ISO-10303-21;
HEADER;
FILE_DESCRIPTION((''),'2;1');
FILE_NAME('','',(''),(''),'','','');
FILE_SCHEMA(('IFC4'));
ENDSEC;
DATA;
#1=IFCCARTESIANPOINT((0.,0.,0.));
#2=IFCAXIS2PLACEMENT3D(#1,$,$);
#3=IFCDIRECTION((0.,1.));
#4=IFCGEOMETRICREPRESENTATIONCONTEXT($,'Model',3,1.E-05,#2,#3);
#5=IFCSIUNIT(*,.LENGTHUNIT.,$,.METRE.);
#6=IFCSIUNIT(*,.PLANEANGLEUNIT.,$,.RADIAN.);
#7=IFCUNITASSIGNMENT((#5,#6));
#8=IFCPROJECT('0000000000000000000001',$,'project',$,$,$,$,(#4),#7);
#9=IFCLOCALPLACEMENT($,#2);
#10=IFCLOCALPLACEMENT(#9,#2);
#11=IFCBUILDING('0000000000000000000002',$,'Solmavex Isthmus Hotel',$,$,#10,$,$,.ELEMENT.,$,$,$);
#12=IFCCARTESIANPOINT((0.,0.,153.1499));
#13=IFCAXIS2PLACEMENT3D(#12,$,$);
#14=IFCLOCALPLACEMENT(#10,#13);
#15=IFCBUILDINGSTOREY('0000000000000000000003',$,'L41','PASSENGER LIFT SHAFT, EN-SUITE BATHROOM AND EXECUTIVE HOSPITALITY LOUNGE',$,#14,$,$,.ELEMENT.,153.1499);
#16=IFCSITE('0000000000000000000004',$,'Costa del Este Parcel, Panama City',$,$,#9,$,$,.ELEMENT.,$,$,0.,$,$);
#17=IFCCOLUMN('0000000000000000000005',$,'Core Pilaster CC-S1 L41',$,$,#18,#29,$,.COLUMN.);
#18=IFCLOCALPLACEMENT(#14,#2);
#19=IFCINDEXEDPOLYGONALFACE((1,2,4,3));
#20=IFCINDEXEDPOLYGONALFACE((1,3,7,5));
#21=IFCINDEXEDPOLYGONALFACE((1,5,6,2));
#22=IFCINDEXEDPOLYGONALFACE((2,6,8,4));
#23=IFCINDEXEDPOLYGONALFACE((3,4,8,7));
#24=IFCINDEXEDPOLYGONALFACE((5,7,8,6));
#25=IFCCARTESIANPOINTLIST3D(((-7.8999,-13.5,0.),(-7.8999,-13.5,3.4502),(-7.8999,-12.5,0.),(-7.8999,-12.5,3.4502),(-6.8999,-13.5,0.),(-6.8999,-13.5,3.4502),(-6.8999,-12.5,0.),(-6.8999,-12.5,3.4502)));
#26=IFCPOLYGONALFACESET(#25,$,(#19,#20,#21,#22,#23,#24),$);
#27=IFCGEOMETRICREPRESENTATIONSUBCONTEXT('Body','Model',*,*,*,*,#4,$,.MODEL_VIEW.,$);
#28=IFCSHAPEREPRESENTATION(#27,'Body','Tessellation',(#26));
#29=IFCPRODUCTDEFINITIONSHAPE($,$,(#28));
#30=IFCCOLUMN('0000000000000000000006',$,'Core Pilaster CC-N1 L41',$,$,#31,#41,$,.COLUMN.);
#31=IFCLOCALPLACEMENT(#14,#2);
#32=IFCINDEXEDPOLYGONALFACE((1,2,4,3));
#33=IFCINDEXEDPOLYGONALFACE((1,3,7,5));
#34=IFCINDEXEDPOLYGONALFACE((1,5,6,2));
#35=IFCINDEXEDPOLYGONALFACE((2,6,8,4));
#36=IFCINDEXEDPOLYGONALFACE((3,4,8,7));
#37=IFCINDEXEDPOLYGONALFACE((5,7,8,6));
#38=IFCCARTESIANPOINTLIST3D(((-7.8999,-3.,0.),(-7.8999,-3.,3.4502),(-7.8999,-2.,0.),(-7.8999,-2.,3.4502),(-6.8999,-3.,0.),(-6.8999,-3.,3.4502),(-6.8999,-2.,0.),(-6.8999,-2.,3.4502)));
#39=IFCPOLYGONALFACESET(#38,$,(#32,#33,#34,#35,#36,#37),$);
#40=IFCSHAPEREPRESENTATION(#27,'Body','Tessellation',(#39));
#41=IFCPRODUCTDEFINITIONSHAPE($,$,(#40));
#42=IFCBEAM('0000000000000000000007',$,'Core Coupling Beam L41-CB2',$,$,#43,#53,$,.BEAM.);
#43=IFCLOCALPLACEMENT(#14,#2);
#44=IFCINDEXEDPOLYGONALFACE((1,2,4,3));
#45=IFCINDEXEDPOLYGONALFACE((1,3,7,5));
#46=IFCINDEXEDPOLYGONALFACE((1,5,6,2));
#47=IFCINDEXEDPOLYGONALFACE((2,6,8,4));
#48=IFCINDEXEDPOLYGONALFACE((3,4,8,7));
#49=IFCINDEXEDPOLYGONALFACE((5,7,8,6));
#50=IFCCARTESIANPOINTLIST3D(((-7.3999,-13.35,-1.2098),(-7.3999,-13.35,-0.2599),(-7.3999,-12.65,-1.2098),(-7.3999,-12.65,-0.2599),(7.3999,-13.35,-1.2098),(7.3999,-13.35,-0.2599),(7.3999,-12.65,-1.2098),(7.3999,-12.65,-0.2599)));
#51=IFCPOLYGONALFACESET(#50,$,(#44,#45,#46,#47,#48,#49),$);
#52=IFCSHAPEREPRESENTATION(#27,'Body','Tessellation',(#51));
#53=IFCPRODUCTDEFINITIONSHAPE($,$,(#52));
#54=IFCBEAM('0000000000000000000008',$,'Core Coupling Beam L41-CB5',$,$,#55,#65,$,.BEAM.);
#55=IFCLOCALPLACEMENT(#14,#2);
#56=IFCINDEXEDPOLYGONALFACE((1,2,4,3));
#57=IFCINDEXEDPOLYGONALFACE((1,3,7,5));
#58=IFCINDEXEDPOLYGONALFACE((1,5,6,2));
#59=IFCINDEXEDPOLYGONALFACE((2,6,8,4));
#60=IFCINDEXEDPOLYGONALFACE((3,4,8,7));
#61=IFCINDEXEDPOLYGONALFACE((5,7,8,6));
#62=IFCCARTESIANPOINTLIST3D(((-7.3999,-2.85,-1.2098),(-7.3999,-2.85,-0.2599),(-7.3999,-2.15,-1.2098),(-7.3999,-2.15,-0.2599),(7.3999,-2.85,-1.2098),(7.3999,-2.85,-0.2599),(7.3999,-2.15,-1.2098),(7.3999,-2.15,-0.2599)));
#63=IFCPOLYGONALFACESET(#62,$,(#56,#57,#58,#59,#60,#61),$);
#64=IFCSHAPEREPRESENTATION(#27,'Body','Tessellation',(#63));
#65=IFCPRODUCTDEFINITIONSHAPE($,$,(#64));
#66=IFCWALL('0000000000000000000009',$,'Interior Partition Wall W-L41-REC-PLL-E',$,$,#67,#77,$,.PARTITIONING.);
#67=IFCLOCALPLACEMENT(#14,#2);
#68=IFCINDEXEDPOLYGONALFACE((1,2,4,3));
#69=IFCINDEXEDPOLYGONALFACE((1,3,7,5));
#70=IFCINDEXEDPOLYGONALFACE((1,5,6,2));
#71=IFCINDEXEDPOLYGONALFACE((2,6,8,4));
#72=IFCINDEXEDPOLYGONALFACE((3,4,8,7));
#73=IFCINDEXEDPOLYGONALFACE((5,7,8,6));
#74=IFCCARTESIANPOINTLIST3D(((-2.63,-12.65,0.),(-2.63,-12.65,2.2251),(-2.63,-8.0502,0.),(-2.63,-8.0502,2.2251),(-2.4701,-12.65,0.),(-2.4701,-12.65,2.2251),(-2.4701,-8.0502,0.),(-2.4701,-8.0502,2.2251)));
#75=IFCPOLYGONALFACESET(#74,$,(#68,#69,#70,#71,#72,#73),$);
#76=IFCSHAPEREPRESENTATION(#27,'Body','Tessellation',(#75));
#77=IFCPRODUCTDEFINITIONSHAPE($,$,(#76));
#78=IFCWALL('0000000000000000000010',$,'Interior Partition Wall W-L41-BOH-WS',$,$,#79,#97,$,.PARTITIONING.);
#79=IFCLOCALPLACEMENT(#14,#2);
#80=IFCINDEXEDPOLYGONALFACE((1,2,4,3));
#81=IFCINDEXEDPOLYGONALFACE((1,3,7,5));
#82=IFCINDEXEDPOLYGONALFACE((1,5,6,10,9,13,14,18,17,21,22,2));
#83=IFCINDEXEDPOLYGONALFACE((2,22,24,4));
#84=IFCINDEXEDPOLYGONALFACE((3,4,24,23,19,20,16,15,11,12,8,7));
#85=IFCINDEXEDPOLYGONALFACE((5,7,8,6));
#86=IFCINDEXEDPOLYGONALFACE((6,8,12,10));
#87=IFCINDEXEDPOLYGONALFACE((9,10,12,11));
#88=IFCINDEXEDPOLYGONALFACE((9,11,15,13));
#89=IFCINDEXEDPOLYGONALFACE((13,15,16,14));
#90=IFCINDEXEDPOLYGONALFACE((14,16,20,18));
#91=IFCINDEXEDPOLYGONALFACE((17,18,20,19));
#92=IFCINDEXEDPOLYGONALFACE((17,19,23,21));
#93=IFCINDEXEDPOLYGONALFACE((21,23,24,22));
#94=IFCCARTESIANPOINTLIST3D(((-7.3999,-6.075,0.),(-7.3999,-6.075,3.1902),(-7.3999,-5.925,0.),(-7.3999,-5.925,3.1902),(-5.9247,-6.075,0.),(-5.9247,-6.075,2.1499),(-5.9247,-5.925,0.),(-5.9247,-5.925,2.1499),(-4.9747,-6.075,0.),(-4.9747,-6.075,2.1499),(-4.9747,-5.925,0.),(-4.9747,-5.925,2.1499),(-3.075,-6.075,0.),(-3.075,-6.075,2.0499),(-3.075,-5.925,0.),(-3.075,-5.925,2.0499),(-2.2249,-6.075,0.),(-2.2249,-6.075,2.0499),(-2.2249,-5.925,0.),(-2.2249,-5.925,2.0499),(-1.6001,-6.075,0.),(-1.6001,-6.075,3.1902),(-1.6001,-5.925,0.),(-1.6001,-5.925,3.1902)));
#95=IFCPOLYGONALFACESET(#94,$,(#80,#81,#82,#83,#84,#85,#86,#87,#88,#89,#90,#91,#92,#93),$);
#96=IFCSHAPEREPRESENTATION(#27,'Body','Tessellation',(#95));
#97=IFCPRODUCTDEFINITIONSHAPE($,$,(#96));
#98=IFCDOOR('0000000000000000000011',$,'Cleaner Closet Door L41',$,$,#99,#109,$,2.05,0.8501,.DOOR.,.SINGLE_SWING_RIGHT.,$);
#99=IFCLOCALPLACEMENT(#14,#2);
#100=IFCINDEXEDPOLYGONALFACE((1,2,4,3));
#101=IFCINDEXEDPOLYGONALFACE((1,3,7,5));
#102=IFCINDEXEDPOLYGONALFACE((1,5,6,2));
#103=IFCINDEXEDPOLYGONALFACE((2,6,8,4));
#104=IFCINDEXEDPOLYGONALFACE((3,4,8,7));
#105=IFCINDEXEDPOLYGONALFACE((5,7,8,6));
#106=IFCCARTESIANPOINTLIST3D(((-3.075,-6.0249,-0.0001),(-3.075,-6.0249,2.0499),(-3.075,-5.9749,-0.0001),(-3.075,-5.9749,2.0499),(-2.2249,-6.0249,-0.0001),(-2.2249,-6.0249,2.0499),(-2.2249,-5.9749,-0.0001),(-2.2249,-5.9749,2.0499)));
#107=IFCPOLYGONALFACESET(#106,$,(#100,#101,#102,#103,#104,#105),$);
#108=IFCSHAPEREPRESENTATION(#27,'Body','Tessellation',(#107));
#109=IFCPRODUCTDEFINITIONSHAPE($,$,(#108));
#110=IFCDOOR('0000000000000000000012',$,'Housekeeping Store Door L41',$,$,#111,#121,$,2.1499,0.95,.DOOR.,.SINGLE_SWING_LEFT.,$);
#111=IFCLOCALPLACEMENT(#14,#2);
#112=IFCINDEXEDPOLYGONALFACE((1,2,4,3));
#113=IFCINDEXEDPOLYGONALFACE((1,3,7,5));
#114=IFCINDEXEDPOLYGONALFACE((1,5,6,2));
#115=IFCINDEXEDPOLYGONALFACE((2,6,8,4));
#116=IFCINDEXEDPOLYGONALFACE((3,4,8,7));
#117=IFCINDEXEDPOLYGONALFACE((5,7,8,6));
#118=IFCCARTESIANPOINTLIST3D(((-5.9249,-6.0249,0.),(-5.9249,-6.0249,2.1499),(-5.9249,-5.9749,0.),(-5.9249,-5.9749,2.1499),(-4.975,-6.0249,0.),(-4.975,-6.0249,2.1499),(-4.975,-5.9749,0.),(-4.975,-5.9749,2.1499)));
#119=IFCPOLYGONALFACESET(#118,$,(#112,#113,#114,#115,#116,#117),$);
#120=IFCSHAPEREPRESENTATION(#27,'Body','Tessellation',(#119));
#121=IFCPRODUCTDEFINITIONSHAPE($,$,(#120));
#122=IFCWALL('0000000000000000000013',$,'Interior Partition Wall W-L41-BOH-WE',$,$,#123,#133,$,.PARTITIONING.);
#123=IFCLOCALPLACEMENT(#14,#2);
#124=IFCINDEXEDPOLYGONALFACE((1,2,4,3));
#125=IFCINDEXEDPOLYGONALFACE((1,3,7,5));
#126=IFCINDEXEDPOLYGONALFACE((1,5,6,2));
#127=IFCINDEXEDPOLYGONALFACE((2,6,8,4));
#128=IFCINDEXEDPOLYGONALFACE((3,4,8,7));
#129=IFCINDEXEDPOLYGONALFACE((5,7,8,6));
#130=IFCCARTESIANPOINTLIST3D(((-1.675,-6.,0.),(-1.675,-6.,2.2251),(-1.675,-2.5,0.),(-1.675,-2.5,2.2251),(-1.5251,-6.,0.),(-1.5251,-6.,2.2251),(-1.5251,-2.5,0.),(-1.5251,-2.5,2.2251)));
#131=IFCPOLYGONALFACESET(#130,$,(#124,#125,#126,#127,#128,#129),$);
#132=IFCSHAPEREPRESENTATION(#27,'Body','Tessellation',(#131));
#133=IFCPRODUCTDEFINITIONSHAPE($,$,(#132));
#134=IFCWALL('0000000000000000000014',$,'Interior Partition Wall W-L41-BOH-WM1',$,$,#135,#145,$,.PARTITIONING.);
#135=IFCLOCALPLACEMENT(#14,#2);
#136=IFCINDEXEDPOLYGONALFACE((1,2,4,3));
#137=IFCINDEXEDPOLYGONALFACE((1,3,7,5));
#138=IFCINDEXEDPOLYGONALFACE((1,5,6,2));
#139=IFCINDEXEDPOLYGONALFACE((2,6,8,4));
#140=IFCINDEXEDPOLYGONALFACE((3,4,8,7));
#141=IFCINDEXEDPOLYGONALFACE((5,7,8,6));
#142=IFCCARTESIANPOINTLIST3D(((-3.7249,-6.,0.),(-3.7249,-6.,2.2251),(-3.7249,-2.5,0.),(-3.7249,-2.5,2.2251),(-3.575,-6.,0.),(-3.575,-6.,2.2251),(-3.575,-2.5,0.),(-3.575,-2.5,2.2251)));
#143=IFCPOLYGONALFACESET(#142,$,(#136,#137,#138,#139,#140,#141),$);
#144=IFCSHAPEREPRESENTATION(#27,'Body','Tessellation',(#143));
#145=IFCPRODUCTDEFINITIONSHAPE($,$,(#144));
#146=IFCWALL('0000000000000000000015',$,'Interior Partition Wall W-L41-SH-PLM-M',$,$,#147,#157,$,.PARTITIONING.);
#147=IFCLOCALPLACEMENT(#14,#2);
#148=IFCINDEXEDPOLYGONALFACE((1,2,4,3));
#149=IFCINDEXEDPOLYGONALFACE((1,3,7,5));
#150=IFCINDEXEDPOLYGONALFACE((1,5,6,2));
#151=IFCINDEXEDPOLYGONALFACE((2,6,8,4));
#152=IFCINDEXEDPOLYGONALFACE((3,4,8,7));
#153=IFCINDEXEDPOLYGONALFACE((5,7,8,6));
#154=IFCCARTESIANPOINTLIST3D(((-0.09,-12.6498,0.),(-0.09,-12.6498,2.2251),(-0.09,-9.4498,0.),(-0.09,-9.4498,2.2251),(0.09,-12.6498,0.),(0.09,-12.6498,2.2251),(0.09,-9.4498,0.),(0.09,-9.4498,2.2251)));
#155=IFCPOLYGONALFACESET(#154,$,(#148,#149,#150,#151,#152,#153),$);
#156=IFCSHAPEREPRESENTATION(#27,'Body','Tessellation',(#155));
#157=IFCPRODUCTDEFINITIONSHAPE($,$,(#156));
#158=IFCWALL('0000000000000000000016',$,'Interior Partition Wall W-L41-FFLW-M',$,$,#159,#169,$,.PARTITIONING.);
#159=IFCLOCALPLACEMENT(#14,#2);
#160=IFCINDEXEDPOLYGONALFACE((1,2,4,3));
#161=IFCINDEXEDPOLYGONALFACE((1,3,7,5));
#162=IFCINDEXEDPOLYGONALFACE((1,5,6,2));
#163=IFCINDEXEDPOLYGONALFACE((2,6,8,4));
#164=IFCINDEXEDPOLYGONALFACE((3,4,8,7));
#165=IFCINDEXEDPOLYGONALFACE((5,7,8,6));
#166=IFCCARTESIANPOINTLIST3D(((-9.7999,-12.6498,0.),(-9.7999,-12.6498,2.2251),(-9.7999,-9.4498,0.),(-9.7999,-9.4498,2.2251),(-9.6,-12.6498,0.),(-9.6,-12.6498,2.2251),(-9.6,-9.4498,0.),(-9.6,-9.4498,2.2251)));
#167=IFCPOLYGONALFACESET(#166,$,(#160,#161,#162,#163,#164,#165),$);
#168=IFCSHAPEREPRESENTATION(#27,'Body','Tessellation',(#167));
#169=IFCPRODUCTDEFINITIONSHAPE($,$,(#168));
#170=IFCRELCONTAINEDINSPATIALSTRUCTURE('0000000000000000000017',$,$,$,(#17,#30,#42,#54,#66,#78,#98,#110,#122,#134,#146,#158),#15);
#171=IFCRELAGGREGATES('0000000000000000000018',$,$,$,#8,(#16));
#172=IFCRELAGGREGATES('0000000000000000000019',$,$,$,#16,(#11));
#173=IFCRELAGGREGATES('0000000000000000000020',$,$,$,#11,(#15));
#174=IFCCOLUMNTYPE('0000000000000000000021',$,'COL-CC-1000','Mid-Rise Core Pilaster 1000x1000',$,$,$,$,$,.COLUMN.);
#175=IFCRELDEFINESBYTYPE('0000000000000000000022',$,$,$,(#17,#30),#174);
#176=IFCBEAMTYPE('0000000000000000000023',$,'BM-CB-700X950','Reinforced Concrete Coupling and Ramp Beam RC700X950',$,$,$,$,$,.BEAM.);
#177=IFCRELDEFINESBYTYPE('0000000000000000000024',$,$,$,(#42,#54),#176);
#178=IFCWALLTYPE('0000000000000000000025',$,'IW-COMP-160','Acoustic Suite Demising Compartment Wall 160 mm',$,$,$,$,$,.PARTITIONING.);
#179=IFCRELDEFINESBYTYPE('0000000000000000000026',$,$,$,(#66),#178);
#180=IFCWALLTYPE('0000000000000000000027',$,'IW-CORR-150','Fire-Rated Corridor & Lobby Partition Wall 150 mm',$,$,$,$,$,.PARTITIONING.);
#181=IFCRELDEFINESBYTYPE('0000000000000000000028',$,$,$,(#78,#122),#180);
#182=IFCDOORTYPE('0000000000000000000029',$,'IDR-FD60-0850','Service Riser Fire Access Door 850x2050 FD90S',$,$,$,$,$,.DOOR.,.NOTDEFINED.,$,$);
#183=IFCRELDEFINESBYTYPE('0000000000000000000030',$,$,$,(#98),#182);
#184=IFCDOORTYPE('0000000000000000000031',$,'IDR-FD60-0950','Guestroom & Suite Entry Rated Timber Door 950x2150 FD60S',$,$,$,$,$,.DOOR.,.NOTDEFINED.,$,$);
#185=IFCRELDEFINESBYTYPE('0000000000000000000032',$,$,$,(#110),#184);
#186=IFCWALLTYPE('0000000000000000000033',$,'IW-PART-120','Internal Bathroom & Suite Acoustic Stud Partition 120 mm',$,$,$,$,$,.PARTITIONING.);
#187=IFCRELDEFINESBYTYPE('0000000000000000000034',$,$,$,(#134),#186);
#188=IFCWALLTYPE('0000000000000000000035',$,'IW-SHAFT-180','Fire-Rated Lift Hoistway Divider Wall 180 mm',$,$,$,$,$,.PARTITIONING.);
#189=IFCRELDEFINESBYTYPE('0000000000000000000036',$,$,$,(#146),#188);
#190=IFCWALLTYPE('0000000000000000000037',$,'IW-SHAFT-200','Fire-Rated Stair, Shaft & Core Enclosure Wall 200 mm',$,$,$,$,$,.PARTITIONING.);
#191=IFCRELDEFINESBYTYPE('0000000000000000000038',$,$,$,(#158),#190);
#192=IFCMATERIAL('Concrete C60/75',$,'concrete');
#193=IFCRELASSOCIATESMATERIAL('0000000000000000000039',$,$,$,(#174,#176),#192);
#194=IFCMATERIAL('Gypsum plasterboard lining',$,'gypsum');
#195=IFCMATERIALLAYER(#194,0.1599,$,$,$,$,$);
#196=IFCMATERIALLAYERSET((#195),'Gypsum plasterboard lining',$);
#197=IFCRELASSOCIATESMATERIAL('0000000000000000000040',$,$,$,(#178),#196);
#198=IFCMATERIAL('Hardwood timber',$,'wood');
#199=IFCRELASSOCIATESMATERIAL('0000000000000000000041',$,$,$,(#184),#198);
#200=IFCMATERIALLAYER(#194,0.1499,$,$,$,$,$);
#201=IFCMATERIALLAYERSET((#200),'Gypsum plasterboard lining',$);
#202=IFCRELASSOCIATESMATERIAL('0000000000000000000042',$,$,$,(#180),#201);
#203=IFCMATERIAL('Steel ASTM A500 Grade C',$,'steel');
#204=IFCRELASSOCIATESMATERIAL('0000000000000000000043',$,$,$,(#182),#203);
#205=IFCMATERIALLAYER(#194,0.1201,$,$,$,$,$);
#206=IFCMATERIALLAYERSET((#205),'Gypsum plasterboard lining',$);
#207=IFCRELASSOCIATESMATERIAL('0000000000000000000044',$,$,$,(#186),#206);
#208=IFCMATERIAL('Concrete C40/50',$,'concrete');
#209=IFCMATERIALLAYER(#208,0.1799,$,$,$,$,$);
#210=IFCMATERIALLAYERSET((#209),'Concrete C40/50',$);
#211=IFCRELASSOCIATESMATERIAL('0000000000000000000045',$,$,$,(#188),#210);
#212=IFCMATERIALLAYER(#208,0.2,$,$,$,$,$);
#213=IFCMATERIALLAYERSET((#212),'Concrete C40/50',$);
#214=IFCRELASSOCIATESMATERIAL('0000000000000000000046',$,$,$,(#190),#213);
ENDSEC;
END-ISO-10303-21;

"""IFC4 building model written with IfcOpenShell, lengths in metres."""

from ifc_helpers import new_model, si_unit, direction, frame, frame_2d, origin, origin_2d, place, context, subcontext, project, spatial, rectangle, extrude, material, layer, layer_set, material_profile, profile_set, type_object, element, fill, save


model = new_model("IFC4")

# Units and contexts
model_context = context("Model", 3, precision=1e-05, world=origin(), true_north=direction((0.0, 1.0)))
body_context = subcontext(model_context, "Body", "Model", "MODEL_VIEW")
ifc_project = project(units=[si_unit("LENGTHUNIT", "METRE"), si_unit("PLANEANGLEUNIT", "RADIAN")], contexts=[model_context])

# Site, building, storey
site_placement = place(None, origin())
site = spatial("IfcSite", under=ifc_project, at=site_placement, Name="Costa del Este Parcel, Panama City", CompositionType="ELEMENT", RefElevation=0.0)
building_placement = place(site_placement, origin())
building = spatial("IfcBuilding", under=site, at=building_placement, Name="Solmavex Isthmus Hotel", CompositionType="ELEMENT")
storey_placement = place(building_placement, frame((0.0, 0.0, 153.1499)))
storey = spatial("IfcBuildingStorey", under=building, at=storey_placement, Name="L41", Description="PASSENGER LIFT SHAFT, EN-SUITE BATHROOM AND EXECUTIVE HOSPITALITY LOUNGE", CompositionType="ELEMENT", Elevation=153.1499)

# Columns
ifc_material_1 = material(Name="Concrete C60/75", Category="concrete")
ifc_material_profile_1 = material_profile(ifc_material_1, rectangle(XDim=1.0, YDim=1.0, at=origin_2d()), Name="RC1000X1000")
ifc_profile_set_1 = profile_set([ifc_material_profile_1], Name="Concrete C60/75")
column_type = type_object("IfcColumnType", Name="COL-CC-1000", Description="Mid-Rise Core Pilaster 1000x1000", PredefinedType="COLUMN", material=ifc_profile_set_1)
for number, where, z_axis, x_axis, name in (
    (1, (-7.3999, -13.0, 0.0), (0.0, 0.0, 1.0), (1.0, 0.0, 0.0), "Core Pilaster CC-S1 L41"),
    (2, (-7.3999, -2.5, 0.0), (0.0, 0.0, 1.0), (1.0, 0.0, 0.0), "Core Pilaster CC-N1 L41"),
):
    element("IfcColumn", number, at=place(storey_placement, frame(where, z_axis=z_axis, x_axis=x_axis)), inside=storey, type_object=column_type, Name=name, PredefinedType="COLUMN", context=body_context, shape_type="SweptSolid", body=[
        extrude(rectangle(XDim=1.0, YDim=1.0, at=origin_2d()), origin(), (0.0, 0.0, 1.0), 3.4502),
    ])

# Beams
ifc_material_profile_2 = material_profile(ifc_material_1, rectangle(XDim=0.7, YDim=0.95, at=origin_2d()), Name="RC700X950")
ifc_profile_set_2 = profile_set([ifc_material_profile_2], Name="Concrete C60/75")
beam_type = type_object("IfcBeamType", Name="BM-CB-700X950", Description="Reinforced Concrete Coupling and Ramp Beam RC700X950", PredefinedType="BEAM", material=ifc_profile_set_2)
for number, where, z_axis, x_axis, name in (
    (3, (-7.3999, -13.0, -0.7349), (1.0, 0.0, 0.0), (0.0, 1.0, 0.0), "Core Coupling Beam L41-CB2"),
    (4, (-7.3999, -2.5, -0.7349), (1.0, 0.0, 0.0), (0.0, 1.0, 0.0), "Core Coupling Beam L41-CB5"),
):
    element("IfcBeam", number, at=place(storey_placement, frame(where, z_axis=z_axis, x_axis=x_axis)), inside=storey, type_object=beam_type, Name=name, PredefinedType="BEAM", context=body_context, shape_type="SweptSolid", body=[
        extrude(rectangle(XDim=0.7, YDim=0.95, at=origin_2d()), origin(), (0.0, 0.0, 1.0), 14.7998),
    ])

# Shared definitions
ifc_material_2 = material(Name="Gypsum plasterboard lining", Category="gypsum")
ifc_layer_1 = layer(ifc_material_2, 0.1599)
ifc_layer_set_1 = layer_set([ifc_layer_1], Name="Gypsum plasterboard lining")
wall_type_1 = type_object("IfcWallType", Name="IW-COMP-160", Description="Acoustic Suite Demising Compartment Wall 160 mm", PredefinedType="PARTITIONING", material=ifc_layer_set_1)
ifc_material_3 = material(Name="Hardwood timber", Category="wood")
door_type_1 = type_object("IfcDoorType", Name="IDR-FD60-0950", Description="Guestroom & Suite Entry Rated Timber Door 950x2150 FD60S", OperationType="NOTDEFINED", PredefinedType="DOOR", material=ifc_material_3)

# Wall
wall_1_placement = place(storey_placement, frame((-2.55, -12.6499, 0.0), z_axis=(0.0, 0.0, 1.0), x_axis=(0.0, 1.0, 0.0)))
element("IfcWall", 5, at=wall_1_placement, inside=storey, type_object=wall_type_1, Name="Interior Partition Wall W-L41-REC-PLL-E", PredefinedType="PARTITIONING", context=body_context, shape_type="SweptSolid", body=[
    extrude(rectangle(XDim=4.5999, YDim=0.1599, at=frame_2d((2.2998, 0.0))), origin(), (0.0, 0.0, 1.0), 2.2251),
])

# Wall, openings, doors
ifc_layer_2 = layer(ifc_material_2, 0.1499)
ifc_layer_set_2 = layer_set([ifc_layer_2], Name="Gypsum plasterboard lining")
wall_type_2 = type_object("IfcWallType", Name="IW-CORR-150", Description="Fire-Rated Corridor & Lobby Partition Wall 150 mm", PredefinedType="PARTITIONING", material=ifc_layer_set_2)
wall_2_placement = place(storey_placement, frame((-7.3999, -6.0, 0.0), z_axis=(0.0, 0.0, 1.0), x_axis=(1.0, 0.0, 0.0)))
wall_2 = element("IfcWall", 6, at=wall_2_placement, inside=storey, type_object=wall_type_2, Name="Interior Partition Wall W-L41-BOH-WS", PredefinedType="PARTITIONING", context=body_context, shape_type="SweptSolid", body=[
    extrude(rectangle(XDim=5.7998, YDim=0.1499, at=frame_2d((2.8999, 0.0))), origin(), (0.0, 0.0, 1.0), 3.1902),
])
opening_1_placement = place(wall_2_placement, frame((1.4751, 0.0, 0.0)))
opening_1 = element("IfcOpeningElement", 7, at=opening_1_placement, cuts=wall_2, PredefinedType="OPENING", context=body_context, shape_type="SweptSolid", body=[
    extrude(rectangle(XDim=0.95, YDim=2.1499, at=frame_2d((0.4751, 1.075))), frame((0.0, 0.085, 0.0), z_axis=(0.0, -1.0, 0.0), x_axis=(1.0, 0.0, 0.0)), (0.0, 0.0, 1.0), 0.1699),
])
opening_2_placement = place(wall_2_placement, frame((4.325, 0.0, 0.0)))
opening_2 = element("IfcOpeningElement", 8, at=opening_2_placement, cuts=wall_2, PredefinedType="OPENING", context=body_context, shape_type="SweptSolid", body=[
    extrude(rectangle(XDim=0.8501, YDim=2.05, at=frame_2d((0.425, 1.0249))), frame((0.0, 0.085, 0.0), z_axis=(0.0, -1.0, 0.0), x_axis=(1.0, 0.0, 0.0)), (0.0, 0.0, 1.0), 0.1699),
])
ifc_material_4 = material(Name="Steel ASTM A500 Grade C", Category="steel")
door_type_2 = type_object("IfcDoorType", Name="IDR-FD60-0850", Description="Service Riser Fire Access Door 850x2050 FD90S", OperationType="NOTDEFINED", PredefinedType="DOOR", material=ifc_material_4)
door_1_placement = place(opening_2_placement, frame((0.8501, 0.0, 0.0), z_axis=(0.0, 0.0, 1.0), x_axis=(-1.0, 0.0, 0.0)))
door_1 = element("IfcDoor", 9, at=door_1_placement, inside=storey, type_object=door_type_2, Name="Cleaner Closet Door L41", OperationType="SINGLE_SWING_RIGHT", OverallHeight=2.05, OverallWidth=0.8501, PredefinedType="DOOR", context=body_context, shape_type="SweptSolid", body=[
    extrude(rectangle(XDim=0.8501, YDim=2.05, at=frame_2d((0.425, 1.0249))), frame((0.0, 0.0249, 0.0), z_axis=(0.0, -1.0, 0.0), x_axis=(1.0, 0.0, 0.0)), (0.0, 0.0, 1.0), 0.05),
])
fill(opening_2, door_1)
door_2_placement = place(opening_1_placement, frame((0.95, 0.0, 0.0), z_axis=(0.0, 0.0, 1.0), x_axis=(-1.0, 0.0, 0.0)))
door_2 = element("IfcDoor", 10, at=door_2_placement, inside=storey, type_object=door_type_1, Name="Housekeeping Store Door L41", OperationType="SINGLE_SWING_LEFT", OverallHeight=2.1499, OverallWidth=0.95, PredefinedType="DOOR", context=body_context, shape_type="SweptSolid", body=[
    extrude(rectangle(XDim=0.95, YDim=2.1499, at=frame_2d((0.4751, 1.075))), frame((0.0, 0.0249, 0.0), z_axis=(0.0, -1.0, 0.0), x_axis=(1.0, 0.0, 0.0)), (0.0, 0.0, 1.0), 0.05),
])
fill(opening_1, door_2)

# Walls
wall_3_placement = place(storey_placement, frame((-1.6001, -6.0, 0.0), z_axis=(0.0, 0.0, 1.0), x_axis=(0.0, 1.0, 0.0)))
element("IfcWall", 11, at=wall_3_placement, inside=storey, type_object=wall_type_2, Name="Interior Partition Wall W-L41-BOH-WE", PredefinedType="PARTITIONING", context=body_context, shape_type="SweptSolid", body=[
    extrude(rectangle(XDim=3.5, YDim=0.1499, at=frame_2d((1.75, 0.0))), origin(), (0.0, 0.0, 1.0), 2.2251),
])
ifc_layer_3 = layer(ifc_material_2, 0.1201)
ifc_layer_set_3 = layer_set([ifc_layer_3], Name="Gypsum plasterboard lining")
wall_type_3 = type_object("IfcWallType", Name="IW-PART-120", Description="Internal Bathroom & Suite Acoustic Stud Partition 120 mm", PredefinedType="PARTITIONING", material=ifc_layer_set_3)
wall_4_placement = place(storey_placement, frame((-3.6499, -6.0, 0.0), z_axis=(0.0, 0.0, 1.0), x_axis=(0.0, 1.0, 0.0)))
element("IfcWall", 12, at=wall_4_placement, inside=storey, type_object=wall_type_3, Name="Interior Partition Wall W-L41-BOH-WM1", PredefinedType="PARTITIONING", context=body_context, shape_type="SweptSolid", body=[
    extrude(rectangle(XDim=3.5, YDim=0.1499, at=frame_2d((1.75, 0.0))), origin(), (0.0, 0.0, 1.0), 2.2251),
])
ifc_material_5 = material(Name="Concrete C40/50", Category="concrete")
ifc_layer_4 = layer(ifc_material_5, 0.1799)
ifc_layer_set_4 = layer_set([ifc_layer_4], Name="Concrete C40/50")
wall_type_4 = type_object("IfcWallType", Name="IW-SHAFT-180", Description="Fire-Rated Lift Hoistway Divider Wall 180 mm", PredefinedType="PARTITIONING", material=ifc_layer_set_4)
wall_5_placement = place(storey_placement, frame((0.0, -12.6499, 0.0), z_axis=(0.0, 0.0, 1.0), x_axis=(0.0, 1.0, 0.0)))
element("IfcWall", 13, at=wall_5_placement, inside=storey, type_object=wall_type_4, Name="Interior Partition Wall W-L41-SH-PLM-M", PredefinedType="PARTITIONING", context=body_context, shape_type="SweptSolid", body=[
    extrude(rectangle(XDim=3.2, YDim=0.1799, at=frame_2d((1.6001, 0.0))), origin(), (0.0, 0.0, 1.0), 2.2251),
])
ifc_layer_5 = layer(ifc_material_5, 0.2)
ifc_layer_set_5 = layer_set([ifc_layer_5], Name="Concrete C40/50")
wall_type_5 = type_object("IfcWallType", Name="IW-SHAFT-200", Description="Fire-Rated Stair, Shaft & Core Enclosure Wall 200 mm", PredefinedType="PARTITIONING", material=ifc_layer_set_5)
wall_6_placement = place(storey_placement, frame((-9.7, -12.6499, 0.0), z_axis=(0.0, 0.0, 1.0), x_axis=(0.0, 1.0, 0.0)))
element("IfcWall", 14, at=wall_6_placement, inside=storey, type_object=wall_type_5, Name="Interior Partition Wall W-L41-FFLW-M", PredefinedType="PARTITIONING", context=body_context, shape_type="SweptSolid", body=[
    extrude(rectangle(XDim=3.2, YDim=0.2, at=frame_2d((1.6001, 0.0))), origin(), (0.0, 0.0, 1.0), 2.2251),
])

save(model, "model.ifc")
